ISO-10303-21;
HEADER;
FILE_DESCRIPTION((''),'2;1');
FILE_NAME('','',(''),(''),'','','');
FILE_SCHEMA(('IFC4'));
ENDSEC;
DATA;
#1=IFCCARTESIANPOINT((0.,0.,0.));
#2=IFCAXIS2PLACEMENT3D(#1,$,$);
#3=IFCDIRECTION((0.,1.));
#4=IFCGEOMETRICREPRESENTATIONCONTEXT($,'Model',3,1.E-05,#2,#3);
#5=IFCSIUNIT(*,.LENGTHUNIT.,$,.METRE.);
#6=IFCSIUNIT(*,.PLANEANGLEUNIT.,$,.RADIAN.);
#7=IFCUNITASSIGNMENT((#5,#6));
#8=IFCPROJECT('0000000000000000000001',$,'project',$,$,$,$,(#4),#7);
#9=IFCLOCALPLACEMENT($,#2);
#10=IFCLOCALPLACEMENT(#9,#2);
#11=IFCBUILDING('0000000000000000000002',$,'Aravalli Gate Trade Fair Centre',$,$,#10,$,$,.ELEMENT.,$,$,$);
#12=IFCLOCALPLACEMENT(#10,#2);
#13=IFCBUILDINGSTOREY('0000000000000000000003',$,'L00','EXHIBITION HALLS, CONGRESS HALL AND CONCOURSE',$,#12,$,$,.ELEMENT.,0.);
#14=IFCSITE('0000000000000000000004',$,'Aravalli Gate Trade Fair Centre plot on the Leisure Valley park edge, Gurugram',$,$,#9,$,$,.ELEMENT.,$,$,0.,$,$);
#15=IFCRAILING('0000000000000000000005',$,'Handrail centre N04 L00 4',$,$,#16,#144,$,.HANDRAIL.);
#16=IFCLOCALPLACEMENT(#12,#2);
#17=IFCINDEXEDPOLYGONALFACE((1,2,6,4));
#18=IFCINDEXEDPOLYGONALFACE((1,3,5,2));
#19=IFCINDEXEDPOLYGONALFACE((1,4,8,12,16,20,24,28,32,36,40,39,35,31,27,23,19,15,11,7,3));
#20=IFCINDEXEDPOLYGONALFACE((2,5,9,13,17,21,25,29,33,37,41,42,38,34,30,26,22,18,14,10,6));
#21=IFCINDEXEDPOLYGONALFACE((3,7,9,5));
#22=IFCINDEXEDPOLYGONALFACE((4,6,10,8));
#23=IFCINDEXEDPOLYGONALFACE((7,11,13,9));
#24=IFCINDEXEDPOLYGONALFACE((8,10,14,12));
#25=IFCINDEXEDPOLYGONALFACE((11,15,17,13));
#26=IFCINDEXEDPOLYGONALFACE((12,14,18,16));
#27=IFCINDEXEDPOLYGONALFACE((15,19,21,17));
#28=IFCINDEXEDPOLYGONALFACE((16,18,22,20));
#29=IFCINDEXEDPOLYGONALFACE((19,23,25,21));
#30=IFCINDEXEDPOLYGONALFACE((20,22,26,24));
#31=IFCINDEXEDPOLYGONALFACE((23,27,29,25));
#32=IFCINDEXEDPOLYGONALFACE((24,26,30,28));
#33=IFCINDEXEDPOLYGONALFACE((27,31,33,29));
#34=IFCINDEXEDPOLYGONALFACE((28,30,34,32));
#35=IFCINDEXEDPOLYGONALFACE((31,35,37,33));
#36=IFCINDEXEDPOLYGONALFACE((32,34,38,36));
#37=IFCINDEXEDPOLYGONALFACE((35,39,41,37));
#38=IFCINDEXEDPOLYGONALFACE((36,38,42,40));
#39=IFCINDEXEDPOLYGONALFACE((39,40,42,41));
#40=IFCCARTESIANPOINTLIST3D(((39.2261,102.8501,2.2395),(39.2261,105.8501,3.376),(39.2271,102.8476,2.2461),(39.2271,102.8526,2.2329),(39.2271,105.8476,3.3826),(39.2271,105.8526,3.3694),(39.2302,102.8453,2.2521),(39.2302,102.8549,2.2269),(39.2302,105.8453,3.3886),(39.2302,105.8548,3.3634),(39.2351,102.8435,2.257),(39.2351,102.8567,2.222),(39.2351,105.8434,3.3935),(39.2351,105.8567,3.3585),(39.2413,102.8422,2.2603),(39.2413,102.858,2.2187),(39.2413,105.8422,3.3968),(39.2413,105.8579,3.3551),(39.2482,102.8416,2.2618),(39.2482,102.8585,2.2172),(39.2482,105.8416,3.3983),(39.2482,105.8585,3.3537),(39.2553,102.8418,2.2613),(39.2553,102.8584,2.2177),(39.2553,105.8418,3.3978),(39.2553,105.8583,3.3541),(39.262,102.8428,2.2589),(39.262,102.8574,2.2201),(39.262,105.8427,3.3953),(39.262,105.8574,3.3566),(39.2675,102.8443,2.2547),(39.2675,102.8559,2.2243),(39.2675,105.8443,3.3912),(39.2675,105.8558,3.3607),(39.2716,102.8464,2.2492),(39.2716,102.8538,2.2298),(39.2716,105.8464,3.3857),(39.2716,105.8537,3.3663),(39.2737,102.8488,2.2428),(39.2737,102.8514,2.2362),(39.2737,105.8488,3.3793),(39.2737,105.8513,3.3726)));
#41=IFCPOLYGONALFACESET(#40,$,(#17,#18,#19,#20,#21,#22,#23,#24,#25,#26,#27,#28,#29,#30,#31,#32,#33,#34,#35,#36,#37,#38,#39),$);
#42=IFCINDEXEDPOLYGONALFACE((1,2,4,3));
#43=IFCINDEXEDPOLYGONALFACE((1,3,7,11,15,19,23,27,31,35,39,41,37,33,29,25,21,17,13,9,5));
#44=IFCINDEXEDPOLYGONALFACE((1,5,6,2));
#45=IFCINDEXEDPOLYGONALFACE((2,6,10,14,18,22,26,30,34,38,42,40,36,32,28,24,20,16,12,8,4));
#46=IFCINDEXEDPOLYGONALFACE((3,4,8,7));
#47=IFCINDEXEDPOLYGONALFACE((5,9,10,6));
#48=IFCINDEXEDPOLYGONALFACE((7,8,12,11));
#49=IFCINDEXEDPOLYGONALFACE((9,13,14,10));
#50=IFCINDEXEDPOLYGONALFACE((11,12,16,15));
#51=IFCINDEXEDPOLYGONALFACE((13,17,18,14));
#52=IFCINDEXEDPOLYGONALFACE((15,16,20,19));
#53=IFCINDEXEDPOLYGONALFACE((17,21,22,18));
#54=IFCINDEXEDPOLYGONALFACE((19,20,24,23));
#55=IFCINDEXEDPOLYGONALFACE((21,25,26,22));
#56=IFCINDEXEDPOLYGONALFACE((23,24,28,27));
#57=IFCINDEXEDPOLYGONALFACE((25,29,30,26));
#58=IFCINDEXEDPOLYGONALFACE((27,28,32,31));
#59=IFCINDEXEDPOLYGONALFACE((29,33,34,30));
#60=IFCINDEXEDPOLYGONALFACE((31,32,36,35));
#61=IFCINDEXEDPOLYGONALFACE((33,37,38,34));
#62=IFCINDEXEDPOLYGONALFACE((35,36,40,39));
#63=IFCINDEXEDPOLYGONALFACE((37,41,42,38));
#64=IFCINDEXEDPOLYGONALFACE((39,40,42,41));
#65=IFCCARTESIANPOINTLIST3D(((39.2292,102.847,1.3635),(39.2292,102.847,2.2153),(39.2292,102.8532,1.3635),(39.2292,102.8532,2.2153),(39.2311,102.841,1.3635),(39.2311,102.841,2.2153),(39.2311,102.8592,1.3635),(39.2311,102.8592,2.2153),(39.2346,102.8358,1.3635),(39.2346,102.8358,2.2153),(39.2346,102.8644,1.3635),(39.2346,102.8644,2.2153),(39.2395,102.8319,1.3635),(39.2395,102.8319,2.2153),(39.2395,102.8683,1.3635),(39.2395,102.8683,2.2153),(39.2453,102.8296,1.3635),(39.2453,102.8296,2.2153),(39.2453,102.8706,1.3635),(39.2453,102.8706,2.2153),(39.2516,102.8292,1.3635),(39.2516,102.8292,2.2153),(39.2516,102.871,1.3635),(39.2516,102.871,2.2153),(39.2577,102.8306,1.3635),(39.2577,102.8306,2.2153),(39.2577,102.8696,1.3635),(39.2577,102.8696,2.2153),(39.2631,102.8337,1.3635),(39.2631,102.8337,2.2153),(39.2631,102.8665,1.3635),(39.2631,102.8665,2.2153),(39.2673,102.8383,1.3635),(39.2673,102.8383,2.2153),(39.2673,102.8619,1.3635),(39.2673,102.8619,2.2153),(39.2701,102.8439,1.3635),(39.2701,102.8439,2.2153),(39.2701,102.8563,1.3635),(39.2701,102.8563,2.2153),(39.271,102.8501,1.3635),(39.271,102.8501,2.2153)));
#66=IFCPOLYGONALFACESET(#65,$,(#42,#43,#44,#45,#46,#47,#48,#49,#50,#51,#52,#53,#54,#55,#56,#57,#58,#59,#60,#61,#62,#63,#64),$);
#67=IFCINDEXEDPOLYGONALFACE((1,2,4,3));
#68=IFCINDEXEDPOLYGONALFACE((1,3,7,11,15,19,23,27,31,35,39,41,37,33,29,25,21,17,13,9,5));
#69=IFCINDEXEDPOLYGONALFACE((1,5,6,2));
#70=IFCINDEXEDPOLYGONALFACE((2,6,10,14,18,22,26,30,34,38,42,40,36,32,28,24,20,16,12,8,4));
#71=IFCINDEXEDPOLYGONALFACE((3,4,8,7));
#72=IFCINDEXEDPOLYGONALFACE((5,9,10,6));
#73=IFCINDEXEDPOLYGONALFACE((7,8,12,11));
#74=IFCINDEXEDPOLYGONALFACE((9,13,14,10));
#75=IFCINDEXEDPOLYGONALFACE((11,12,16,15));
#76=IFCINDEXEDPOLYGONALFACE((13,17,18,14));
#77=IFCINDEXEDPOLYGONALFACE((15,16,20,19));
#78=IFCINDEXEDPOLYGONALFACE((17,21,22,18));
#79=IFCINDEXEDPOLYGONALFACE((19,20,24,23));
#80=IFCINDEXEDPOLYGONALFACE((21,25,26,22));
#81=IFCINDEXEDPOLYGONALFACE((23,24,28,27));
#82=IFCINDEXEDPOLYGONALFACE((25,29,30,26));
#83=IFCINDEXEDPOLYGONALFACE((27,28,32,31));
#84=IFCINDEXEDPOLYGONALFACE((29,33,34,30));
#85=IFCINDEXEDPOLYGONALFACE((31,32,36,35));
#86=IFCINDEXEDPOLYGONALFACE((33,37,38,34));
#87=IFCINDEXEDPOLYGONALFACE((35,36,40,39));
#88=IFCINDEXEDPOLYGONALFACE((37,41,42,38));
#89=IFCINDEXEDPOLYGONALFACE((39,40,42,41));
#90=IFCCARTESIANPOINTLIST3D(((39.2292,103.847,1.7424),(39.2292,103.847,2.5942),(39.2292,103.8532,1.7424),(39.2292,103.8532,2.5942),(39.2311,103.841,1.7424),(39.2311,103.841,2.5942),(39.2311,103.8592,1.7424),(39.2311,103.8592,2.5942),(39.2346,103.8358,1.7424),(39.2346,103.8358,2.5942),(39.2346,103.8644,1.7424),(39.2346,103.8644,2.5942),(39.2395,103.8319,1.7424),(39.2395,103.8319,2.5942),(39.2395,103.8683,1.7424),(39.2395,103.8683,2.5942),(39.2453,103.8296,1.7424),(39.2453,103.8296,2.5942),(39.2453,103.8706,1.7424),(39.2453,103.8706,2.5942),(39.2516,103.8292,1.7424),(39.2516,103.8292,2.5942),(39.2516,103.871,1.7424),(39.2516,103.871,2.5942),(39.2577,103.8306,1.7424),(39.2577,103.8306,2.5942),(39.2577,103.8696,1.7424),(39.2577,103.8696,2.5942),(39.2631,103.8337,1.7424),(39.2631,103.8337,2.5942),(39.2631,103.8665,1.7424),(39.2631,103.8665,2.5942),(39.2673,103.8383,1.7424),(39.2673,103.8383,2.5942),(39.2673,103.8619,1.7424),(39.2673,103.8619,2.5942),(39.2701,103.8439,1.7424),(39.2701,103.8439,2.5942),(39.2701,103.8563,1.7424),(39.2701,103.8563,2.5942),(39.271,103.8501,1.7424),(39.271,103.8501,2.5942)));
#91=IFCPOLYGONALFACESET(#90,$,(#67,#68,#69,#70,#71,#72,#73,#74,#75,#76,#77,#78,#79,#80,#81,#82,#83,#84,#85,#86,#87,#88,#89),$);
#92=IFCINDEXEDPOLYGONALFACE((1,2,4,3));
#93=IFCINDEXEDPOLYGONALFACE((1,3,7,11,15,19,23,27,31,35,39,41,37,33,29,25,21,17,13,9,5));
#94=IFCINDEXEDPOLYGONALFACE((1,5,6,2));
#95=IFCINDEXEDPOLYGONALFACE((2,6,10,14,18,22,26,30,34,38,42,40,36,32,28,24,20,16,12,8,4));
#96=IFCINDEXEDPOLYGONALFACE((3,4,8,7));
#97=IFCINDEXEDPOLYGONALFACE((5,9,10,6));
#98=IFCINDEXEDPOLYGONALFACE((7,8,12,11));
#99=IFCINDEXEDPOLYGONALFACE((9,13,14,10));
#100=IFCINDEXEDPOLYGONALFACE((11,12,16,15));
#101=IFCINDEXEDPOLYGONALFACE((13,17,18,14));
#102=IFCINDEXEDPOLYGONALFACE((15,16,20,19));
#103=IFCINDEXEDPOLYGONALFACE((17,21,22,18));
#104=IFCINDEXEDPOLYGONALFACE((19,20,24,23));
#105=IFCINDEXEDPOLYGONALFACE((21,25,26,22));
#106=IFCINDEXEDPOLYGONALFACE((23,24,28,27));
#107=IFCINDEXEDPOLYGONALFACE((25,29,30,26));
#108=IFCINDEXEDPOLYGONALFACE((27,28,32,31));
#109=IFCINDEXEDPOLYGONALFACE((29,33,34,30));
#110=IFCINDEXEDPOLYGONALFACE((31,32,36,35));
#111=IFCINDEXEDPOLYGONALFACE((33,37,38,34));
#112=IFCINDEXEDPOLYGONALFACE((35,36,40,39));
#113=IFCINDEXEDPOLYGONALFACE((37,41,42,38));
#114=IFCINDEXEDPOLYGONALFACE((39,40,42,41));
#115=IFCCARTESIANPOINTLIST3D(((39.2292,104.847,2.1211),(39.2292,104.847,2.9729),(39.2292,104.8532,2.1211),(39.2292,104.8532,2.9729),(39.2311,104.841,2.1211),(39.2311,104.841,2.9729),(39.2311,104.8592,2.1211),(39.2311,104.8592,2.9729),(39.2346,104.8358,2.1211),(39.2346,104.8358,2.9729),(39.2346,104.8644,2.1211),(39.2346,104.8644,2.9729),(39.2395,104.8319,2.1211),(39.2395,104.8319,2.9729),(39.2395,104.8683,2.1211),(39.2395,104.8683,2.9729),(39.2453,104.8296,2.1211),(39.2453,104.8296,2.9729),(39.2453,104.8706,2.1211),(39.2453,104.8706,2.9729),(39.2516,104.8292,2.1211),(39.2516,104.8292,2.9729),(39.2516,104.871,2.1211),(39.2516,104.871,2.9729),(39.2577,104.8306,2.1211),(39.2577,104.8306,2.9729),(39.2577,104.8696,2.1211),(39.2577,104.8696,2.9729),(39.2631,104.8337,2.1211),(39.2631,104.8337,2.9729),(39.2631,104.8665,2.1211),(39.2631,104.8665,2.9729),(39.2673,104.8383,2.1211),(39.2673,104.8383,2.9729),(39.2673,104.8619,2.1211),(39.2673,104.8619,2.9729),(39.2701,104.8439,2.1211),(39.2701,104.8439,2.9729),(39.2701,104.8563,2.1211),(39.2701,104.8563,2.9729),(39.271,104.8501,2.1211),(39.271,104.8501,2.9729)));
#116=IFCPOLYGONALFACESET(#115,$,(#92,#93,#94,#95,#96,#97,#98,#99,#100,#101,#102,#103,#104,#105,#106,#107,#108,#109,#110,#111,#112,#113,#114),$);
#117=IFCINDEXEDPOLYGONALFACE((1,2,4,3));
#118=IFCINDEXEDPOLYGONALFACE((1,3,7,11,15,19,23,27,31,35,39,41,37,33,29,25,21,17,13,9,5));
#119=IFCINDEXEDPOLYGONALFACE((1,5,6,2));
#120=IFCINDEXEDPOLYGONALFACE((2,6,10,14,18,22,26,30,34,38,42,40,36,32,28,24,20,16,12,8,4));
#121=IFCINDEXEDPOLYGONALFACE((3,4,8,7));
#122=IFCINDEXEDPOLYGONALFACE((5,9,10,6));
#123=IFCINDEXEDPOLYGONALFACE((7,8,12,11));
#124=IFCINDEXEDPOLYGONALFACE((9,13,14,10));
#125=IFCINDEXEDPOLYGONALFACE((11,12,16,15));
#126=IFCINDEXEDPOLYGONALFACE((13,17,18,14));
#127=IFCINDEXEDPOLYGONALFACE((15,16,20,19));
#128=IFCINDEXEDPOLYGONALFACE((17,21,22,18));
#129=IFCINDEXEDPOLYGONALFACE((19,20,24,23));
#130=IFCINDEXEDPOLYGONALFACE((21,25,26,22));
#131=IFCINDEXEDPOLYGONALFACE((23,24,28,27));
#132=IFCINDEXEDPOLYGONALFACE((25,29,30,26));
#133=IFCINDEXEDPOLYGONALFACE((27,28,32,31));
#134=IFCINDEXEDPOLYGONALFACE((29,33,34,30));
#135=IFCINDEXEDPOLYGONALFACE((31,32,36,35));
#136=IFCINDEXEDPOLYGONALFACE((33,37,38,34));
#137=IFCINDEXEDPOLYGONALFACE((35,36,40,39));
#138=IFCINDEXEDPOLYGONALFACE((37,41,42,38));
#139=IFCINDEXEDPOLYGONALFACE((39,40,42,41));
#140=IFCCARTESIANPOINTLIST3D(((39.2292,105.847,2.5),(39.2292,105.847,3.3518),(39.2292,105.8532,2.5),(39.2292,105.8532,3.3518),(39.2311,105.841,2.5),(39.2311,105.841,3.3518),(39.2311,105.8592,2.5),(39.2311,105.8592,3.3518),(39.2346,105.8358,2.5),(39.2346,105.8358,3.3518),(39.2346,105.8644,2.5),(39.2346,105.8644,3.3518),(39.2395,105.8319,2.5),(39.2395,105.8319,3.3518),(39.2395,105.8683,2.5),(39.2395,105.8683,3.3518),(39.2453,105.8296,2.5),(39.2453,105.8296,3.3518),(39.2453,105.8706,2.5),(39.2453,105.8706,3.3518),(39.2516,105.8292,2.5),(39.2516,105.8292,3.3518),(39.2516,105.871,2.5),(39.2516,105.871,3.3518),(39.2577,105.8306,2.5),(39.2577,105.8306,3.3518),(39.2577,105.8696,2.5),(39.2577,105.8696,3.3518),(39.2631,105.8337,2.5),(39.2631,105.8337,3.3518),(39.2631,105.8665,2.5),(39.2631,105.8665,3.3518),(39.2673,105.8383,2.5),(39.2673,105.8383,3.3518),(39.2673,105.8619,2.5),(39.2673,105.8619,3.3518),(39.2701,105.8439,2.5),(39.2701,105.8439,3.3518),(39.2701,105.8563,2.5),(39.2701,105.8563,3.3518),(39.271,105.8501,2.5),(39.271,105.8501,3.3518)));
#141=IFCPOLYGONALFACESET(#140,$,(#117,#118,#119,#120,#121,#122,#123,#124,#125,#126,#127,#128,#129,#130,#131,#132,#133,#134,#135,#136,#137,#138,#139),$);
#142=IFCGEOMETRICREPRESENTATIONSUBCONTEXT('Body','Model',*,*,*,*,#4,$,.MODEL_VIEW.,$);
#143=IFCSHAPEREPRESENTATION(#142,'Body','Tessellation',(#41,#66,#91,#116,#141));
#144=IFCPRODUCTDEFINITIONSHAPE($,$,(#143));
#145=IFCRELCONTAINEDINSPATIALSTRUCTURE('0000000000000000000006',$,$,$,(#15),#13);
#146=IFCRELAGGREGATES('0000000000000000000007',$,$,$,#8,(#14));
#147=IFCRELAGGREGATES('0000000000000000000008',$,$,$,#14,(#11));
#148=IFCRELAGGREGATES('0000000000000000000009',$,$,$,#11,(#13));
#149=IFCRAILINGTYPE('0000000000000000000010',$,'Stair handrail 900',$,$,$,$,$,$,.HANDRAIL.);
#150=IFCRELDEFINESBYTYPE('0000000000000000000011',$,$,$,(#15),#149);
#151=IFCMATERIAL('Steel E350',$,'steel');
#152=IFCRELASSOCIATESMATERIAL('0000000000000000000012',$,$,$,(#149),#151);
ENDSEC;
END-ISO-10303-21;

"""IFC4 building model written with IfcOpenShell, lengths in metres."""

from ifc_helpers import new_model, si_unit, direction, frame, origin, origin_2d, place, context, subcontext, project, spatial, circle, extrude, material, type_object, element, save


model = new_model("IFC4")

# Units and contexts
model_context = context("Model", 3, precision=1e-05, world=origin(), true_north=direction((0.0, 1.0)))
body_context = subcontext(model_context, "Body", "Model", "MODEL_VIEW")
ifc_project = project(units=[si_unit("LENGTHUNIT", "METRE"), si_unit("PLANEANGLEUNIT", "RADIAN")], contexts=[model_context])

# Site, building, storey
site_placement = place(None, origin())
site = spatial("IfcSite", under=ifc_project, at=site_placement, Name="Aravalli Gate Trade Fair Centre plot on the Leisure Valley park edge, Gurugram", CompositionType="ELEMENT", RefElevation=0.0)
building_placement = place(site_placement, origin())
building = spatial("IfcBuilding", under=site, at=building_placement, Name="Aravalli Gate Trade Fair Centre", CompositionType="ELEMENT")
storey_placement = place(building_placement, origin())
storey = spatial("IfcBuildingStorey", under=building, at=storey_placement, Name="L00", Description="EXHIBITION HALLS, CONGRESS HALL AND CONCOURSE", CompositionType="ELEMENT", Elevation=0.0)

# Railing
ifc_material_1 = material(Name="Steel E350", Category="steel")
railing_type = type_object("IfcRailingType", Name="Stair handrail 900", PredefinedType="HANDRAIL", material=ifc_material_1)
for number, where, name in (
    (1, (39.25, 102.8501, 1.3635), "Handrail centre N04 L00 4"),
):
    element("IfcRailing", number, at=place(storey_placement, frame(where)), inside=storey, type_object=railing_type, Name=name, PredefinedType="HANDRAIL", context=body_context, shape_type="SweptSolid", body=[
        extrude(circle(Radius=0.0239, at=origin_2d()), frame((0.0, 0.0, 0.876), z_axis=(0.0, 0.935148, 0.354257), x_axis=(-1.0, 0.0, 0.0)), (0.0, 0.0, 1.0), 3.208),
        extrude(circle(Radius=0.021, at=origin_2d()), origin(), (0.0, 0.0, 1.0), 0.8518),
        extrude(circle(Radius=0.021, at=origin_2d()), frame((0.0, 1.0, 0.3789)), (0.0, 0.0, 1.0), 0.8518),
        extrude(circle(Radius=0.021, at=origin_2d()), frame((0.0, 2.0, 0.7576)), (0.0, 0.0, 1.0), 0.8518),
        extrude(circle(Radius=0.021, at=origin_2d()), frame((0.0, 3.0, 1.1365)), (0.0, 0.0, 1.0), 0.8518),
    ])

save(model, "model.ifc")
